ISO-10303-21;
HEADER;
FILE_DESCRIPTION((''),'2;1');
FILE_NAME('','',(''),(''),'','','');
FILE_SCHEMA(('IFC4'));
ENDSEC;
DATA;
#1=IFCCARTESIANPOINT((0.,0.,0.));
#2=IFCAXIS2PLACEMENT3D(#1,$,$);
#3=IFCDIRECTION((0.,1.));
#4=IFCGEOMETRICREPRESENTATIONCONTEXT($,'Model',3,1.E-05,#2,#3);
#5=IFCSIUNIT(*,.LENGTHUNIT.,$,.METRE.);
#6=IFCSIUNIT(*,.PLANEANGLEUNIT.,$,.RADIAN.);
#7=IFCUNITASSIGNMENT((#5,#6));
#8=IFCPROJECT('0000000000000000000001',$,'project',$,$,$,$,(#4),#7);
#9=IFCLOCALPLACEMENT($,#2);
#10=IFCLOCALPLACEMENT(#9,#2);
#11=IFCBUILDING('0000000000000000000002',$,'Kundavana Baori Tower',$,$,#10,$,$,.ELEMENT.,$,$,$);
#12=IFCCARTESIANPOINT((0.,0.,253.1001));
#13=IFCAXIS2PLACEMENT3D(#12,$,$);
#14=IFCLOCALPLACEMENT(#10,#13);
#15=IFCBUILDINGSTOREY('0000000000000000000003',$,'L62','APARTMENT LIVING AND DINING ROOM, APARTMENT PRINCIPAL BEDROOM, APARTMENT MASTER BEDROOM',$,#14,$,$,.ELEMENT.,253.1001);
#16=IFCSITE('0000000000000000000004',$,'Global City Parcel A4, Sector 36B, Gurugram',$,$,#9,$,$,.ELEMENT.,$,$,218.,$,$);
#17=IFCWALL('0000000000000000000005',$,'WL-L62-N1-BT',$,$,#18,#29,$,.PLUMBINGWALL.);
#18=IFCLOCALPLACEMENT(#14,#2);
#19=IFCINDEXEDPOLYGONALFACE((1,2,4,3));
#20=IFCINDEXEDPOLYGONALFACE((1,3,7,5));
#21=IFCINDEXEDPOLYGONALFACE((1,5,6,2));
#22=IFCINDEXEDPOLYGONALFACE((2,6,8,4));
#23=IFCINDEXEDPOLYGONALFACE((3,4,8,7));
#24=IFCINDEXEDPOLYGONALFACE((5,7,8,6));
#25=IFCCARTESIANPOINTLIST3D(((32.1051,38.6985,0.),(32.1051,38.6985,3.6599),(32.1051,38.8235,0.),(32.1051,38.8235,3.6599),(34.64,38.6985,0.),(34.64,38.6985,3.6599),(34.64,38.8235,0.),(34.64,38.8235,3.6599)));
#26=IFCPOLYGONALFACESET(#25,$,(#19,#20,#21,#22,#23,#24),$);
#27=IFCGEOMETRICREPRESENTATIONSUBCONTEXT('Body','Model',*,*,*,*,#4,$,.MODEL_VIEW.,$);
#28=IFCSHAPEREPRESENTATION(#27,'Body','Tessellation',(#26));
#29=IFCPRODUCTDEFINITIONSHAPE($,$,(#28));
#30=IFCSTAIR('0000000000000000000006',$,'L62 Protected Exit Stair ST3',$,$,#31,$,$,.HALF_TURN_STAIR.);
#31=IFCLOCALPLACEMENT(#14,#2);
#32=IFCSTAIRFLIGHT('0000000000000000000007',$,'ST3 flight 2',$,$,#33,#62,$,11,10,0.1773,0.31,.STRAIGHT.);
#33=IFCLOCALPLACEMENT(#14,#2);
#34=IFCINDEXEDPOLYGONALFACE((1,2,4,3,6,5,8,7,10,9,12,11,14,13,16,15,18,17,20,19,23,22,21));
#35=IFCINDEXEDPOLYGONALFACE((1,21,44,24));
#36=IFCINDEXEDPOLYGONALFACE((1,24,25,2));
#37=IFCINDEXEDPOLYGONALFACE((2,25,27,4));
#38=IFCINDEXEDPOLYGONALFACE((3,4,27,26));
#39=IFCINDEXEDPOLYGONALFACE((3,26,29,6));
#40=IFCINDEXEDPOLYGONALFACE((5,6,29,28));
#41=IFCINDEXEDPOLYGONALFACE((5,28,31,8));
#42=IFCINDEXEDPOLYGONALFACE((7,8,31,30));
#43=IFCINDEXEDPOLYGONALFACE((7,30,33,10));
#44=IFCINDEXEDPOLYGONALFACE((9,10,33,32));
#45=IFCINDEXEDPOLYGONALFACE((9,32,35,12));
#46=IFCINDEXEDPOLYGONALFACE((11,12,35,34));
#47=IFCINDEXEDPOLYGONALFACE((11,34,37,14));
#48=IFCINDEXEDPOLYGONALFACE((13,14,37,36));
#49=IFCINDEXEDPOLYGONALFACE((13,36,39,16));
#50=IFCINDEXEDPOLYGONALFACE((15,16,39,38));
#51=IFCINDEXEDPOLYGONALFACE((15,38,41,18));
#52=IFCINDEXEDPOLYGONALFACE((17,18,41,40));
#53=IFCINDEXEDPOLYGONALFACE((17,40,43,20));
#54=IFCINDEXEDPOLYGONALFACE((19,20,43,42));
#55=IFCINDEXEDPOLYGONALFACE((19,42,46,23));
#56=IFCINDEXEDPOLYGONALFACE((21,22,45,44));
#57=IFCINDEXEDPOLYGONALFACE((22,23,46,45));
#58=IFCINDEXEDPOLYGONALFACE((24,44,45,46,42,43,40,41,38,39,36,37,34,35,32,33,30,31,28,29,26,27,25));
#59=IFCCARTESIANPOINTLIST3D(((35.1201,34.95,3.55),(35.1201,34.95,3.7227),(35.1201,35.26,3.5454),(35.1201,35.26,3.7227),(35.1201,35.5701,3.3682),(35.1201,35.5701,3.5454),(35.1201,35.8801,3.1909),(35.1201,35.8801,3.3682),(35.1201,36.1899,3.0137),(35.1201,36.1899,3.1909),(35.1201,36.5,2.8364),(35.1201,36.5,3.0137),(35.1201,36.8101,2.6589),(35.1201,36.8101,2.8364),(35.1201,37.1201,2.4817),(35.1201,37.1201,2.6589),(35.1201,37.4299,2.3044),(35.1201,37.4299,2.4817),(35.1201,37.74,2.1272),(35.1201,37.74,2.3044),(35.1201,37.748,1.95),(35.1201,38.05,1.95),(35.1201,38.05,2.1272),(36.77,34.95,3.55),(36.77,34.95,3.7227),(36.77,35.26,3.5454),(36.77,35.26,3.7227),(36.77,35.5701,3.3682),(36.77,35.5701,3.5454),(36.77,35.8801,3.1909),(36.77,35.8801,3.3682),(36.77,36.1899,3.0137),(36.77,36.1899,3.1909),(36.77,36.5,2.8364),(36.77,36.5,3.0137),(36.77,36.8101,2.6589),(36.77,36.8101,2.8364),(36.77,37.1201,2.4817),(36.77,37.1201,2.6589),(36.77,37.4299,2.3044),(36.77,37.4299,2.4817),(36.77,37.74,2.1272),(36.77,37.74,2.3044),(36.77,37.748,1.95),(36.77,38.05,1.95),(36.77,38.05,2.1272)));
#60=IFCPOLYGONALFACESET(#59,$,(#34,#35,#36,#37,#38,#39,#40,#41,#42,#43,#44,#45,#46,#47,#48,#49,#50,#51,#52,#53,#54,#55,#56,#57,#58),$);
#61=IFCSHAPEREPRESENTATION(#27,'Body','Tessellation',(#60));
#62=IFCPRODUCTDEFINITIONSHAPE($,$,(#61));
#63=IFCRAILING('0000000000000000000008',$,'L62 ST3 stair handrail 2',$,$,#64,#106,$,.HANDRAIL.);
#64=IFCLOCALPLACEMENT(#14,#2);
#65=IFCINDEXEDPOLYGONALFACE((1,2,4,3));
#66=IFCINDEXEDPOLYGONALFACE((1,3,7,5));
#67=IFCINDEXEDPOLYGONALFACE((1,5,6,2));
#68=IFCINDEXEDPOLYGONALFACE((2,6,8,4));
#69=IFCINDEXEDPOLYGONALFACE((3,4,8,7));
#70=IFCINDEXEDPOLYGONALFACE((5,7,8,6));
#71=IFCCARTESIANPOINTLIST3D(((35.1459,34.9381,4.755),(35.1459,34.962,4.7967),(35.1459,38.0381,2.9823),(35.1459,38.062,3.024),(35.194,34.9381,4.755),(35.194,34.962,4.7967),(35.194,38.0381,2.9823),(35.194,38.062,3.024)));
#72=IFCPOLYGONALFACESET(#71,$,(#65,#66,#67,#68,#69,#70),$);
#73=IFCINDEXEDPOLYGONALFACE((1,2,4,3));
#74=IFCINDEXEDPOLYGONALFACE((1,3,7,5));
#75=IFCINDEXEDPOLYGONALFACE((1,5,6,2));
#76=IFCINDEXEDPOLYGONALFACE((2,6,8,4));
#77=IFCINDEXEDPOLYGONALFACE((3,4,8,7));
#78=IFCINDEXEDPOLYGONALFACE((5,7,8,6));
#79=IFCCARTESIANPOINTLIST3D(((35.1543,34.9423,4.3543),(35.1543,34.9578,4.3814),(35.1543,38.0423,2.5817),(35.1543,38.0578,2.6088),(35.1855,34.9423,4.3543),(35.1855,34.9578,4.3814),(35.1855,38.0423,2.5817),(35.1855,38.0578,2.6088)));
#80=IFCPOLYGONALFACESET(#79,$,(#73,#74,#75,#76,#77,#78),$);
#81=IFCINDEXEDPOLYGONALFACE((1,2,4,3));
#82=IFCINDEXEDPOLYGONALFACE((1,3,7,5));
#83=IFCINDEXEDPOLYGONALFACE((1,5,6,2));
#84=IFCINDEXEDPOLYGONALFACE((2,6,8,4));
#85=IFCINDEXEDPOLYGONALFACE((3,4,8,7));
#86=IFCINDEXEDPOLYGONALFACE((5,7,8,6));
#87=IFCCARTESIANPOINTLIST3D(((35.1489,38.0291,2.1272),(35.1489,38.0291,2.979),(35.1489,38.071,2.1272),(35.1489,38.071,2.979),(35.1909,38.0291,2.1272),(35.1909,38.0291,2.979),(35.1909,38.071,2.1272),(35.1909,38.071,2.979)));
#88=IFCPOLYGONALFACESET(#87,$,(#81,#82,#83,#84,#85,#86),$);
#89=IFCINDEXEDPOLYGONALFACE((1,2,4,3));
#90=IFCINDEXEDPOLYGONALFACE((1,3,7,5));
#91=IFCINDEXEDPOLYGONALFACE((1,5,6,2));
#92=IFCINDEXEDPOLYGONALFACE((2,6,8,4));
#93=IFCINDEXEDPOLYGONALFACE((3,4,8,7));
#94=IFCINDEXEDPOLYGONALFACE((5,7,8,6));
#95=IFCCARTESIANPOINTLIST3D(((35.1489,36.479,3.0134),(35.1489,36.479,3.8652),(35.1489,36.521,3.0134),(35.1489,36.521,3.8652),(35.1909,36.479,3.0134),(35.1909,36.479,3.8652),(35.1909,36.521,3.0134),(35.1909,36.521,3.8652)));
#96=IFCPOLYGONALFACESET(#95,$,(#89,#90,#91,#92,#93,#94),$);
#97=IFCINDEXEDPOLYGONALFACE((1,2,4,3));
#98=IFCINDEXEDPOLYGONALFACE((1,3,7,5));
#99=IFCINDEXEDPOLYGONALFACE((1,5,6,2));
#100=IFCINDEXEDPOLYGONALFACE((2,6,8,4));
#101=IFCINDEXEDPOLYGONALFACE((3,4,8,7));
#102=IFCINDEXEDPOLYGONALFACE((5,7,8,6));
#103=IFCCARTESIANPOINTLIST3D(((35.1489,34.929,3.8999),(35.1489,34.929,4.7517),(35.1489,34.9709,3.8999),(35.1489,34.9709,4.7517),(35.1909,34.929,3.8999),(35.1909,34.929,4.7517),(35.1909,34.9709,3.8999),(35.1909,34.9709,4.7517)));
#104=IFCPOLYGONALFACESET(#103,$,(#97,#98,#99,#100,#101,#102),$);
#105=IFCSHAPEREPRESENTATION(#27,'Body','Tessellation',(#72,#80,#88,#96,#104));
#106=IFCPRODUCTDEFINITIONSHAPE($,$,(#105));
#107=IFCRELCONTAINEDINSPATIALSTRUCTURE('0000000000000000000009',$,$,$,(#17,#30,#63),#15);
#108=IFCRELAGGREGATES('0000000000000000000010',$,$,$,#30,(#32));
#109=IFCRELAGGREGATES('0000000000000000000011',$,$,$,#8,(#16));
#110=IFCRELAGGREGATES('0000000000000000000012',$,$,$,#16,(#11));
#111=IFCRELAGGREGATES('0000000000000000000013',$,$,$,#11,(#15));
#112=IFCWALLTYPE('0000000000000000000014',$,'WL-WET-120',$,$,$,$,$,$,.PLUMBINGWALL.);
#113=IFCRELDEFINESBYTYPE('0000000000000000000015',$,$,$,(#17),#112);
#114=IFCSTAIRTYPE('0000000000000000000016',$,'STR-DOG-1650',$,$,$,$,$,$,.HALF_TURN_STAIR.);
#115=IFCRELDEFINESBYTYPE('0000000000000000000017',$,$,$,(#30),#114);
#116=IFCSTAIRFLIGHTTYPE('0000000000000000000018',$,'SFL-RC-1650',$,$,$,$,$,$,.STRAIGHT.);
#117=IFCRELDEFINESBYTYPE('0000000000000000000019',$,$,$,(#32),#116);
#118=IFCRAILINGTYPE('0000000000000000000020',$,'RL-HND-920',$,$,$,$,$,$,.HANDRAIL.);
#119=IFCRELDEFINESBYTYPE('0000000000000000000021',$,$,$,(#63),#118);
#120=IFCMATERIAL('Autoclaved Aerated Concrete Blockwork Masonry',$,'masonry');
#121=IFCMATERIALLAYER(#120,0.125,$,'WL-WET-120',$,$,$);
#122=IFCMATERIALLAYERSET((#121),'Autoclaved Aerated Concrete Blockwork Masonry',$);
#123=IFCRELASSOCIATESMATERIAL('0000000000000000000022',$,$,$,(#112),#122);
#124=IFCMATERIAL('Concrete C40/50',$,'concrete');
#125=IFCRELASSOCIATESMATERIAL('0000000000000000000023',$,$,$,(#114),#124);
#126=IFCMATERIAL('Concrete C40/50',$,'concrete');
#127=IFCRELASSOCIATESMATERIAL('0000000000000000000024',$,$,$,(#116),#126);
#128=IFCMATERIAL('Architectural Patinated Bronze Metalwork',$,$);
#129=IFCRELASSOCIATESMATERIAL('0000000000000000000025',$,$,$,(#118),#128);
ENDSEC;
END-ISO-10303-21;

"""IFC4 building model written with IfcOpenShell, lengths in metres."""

from ifc_helpers import new_model, si_unit, direction, frame, frame_2d, origin, origin_2d, place, context, subcontext, project, spatial, polyline, rectangle, outline, extrude, material, layer, layer_set, type_object, element, aggregate, save


model = new_model("IFC4")

# Units and contexts
model_context = context("Model", 3, precision=1e-05, world=origin(), true_north=direction((0.0, 1.0)))
body_context = subcontext(model_context, "Body", "Model", "MODEL_VIEW")
ifc_project = project(units=[si_unit("LENGTHUNIT", "METRE"), si_unit("PLANEANGLEUNIT", "RADIAN")], contexts=[model_context])

# Site, building, storey
site_placement = place(None, origin())
site = spatial("IfcSite", under=ifc_project, at=site_placement, Name="Global City Parcel A4, Sector 36B, Gurugram", CompositionType="ELEMENT", RefElevation=218.0)
building_placement = place(site_placement, origin())
building = spatial("IfcBuilding", under=site, at=building_placement, Name="Kundavana Baori Tower", CompositionType="ELEMENT")
storey_placement = place(building_placement, frame((0.0, 0.0, 253.1001)))
storey = spatial("IfcBuildingStorey", under=building, at=storey_placement, Name="L62", Description="APARTMENT LIVING AND DINING ROOM, APARTMENT PRINCIPAL BEDROOM, APARTMENT MASTER BEDROOM", CompositionType="ELEMENT", Elevation=253.1001)

# Wall
ifc_material_1 = material(Name="Autoclaved Aerated Concrete Blockwork Masonry", Category="masonry")
ifc_layer_1 = layer(ifc_material_1, 0.125, Name="WL-WET-120")
ifc_layer_set_1 = layer_set([ifc_layer_1], Name="Autoclaved Aerated Concrete Blockwork Masonry")
wall_type_1 = type_object("IfcWallType", Name="WL-WET-120", PredefinedType="PLUMBINGWALL", material=ifc_layer_set_1)
wall_1_placement = place(storey_placement, frame((32.105, 38.761, 0.0), z_axis=(0.0, 0.0, 1.0), x_axis=(1.0, 0.0, 0.0)))
element("IfcWall", 1, at=wall_1_placement, inside=storey, type_object=wall_type_1, Name="WL-L62-N1-BT", PredefinedType="PLUMBINGWALL", context=body_context, shape_type="SweptSolid", body=[
    extrude(rectangle(XDim=2.5349, YDim=0.125, at=frame_2d((1.2676, 0.0))), origin(), (0.0, 0.0, 1.0), 3.6599),
])

# Stair, stair flight
ifc_material_2 = material(Name="Concrete C40/50", Category="concrete")
stair_type = type_object("IfcStairType", Name="STR-DOG-1650", PredefinedType="HALF_TURN_STAIR", material=ifc_material_2)
stair_placement = place(storey_placement, origin())
stair = element("IfcStair", 2, at=stair_placement, inside=storey, type_object=stair_type, Name="L62 Protected Exit Stair ST3", PredefinedType="HALF_TURN_STAIR")
ifc_material_3 = material(Name="Concrete C40/50", Category="concrete")
stair_flight_type = type_object("IfcStairFlightType", Name="SFL-RC-1650", PredefinedType="STRAIGHT", material=ifc_material_3)
stair_flight_placement = place(storey_placement, frame((35.9451, 38.05, 1.95), z_axis=(0.0, 0.0, 1.0), x_axis=(0.0, -1.0, 0.0)))
stair_flight = element("IfcStairFlight", 3, at=stair_flight_placement, type_object=stair_flight_type, Name="ST3 flight 2", NumberOfRisers=11, NumberOfTreads=10, PredefinedType="STRAIGHT", RiserHeight=0.1773, TreadLength=0.31, context=body_context, shape_type="SweptSolid", body=[
    extrude(outline(polyline([(0.0, 0.0), (0.0, 0.1772), (0.3101, 0.1772), (0.3101, 0.3545), (0.6201, 0.3545), (0.6201, 0.5317), (0.9299, 0.5317), (0.9299, 0.709), (1.24, 0.709), (1.24, 0.8865), (1.55, 0.8865), (1.55, 1.0637), (1.8601, 1.0637), (1.8601, 1.241), (2.1699, 1.241), (2.1699, 1.4182), (2.48, 1.4182), (2.48, 1.5955), (2.79, 1.5955), (2.79, 1.7727), (3.1001, 1.7727), (3.1001, 1.95), (3.1001, 1.6001), (0.302, 0.0), (0.0, 0.0)])), frame((0.0, 0.825, 0.0), z_axis=(0.0, -1.0, 0.0), x_axis=(1.0, 0.0, 0.0)), (0.0, 0.0, 1.0), 1.6499),
])
aggregate(stair, [stair_flight])

# Railing
ifc_material_4 = material(Name="Architectural Patinated Bronze Metalwork")
railing_type = type_object("IfcRailingType", Name="RL-HND-920", PredefinedType="HANDRAIL", material=ifc_material_4)
railing_placement = place(storey_placement, frame((35.1699, 38.05, 2.1272)))
element("IfcRailing", 4, at=railing_placement, inside=storey, type_object=railing_type, Name="L62 ST3 stair handrail 2", PredefinedType="HANDRAIL", context=body_context, shape_type="SweptSolid", body=[
    extrude(rectangle(XDim=0.0481, YDim=0.0481, at=origin_2d()), frame((0.0, 0.0, 0.876), z_axis=(0.0, -0.868096, 0.496397), x_axis=(1.0, 0.0, 0.0)), (0.0, 0.0, 1.0), 3.571),
    extrude(rectangle(XDim=0.0312, YDim=0.0312, at=origin_2d()), frame((0.0, 0.0, 0.468), z_axis=(0.0, -0.868096, 0.496397), x_axis=(1.0, 0.0, 0.0)), (0.0, 0.0, 1.0), 3.571),
    extrude(rectangle(XDim=0.042, YDim=0.042, at=origin_2d()), origin(), (0.0, 0.0, 1.0), 0.8518),
    extrude(rectangle(XDim=0.042, YDim=0.042, at=origin_2d()), frame((0.0, -1.55, 0.8862)), (0.0, 0.0, 1.0), 0.8518),
    extrude(rectangle(XDim=0.042, YDim=0.042, at=origin_2d()), frame((0.0, -3.1001, 1.7727)), (0.0, 0.0, 1.0), 0.8518),
])

save(model, "model.ifc")
